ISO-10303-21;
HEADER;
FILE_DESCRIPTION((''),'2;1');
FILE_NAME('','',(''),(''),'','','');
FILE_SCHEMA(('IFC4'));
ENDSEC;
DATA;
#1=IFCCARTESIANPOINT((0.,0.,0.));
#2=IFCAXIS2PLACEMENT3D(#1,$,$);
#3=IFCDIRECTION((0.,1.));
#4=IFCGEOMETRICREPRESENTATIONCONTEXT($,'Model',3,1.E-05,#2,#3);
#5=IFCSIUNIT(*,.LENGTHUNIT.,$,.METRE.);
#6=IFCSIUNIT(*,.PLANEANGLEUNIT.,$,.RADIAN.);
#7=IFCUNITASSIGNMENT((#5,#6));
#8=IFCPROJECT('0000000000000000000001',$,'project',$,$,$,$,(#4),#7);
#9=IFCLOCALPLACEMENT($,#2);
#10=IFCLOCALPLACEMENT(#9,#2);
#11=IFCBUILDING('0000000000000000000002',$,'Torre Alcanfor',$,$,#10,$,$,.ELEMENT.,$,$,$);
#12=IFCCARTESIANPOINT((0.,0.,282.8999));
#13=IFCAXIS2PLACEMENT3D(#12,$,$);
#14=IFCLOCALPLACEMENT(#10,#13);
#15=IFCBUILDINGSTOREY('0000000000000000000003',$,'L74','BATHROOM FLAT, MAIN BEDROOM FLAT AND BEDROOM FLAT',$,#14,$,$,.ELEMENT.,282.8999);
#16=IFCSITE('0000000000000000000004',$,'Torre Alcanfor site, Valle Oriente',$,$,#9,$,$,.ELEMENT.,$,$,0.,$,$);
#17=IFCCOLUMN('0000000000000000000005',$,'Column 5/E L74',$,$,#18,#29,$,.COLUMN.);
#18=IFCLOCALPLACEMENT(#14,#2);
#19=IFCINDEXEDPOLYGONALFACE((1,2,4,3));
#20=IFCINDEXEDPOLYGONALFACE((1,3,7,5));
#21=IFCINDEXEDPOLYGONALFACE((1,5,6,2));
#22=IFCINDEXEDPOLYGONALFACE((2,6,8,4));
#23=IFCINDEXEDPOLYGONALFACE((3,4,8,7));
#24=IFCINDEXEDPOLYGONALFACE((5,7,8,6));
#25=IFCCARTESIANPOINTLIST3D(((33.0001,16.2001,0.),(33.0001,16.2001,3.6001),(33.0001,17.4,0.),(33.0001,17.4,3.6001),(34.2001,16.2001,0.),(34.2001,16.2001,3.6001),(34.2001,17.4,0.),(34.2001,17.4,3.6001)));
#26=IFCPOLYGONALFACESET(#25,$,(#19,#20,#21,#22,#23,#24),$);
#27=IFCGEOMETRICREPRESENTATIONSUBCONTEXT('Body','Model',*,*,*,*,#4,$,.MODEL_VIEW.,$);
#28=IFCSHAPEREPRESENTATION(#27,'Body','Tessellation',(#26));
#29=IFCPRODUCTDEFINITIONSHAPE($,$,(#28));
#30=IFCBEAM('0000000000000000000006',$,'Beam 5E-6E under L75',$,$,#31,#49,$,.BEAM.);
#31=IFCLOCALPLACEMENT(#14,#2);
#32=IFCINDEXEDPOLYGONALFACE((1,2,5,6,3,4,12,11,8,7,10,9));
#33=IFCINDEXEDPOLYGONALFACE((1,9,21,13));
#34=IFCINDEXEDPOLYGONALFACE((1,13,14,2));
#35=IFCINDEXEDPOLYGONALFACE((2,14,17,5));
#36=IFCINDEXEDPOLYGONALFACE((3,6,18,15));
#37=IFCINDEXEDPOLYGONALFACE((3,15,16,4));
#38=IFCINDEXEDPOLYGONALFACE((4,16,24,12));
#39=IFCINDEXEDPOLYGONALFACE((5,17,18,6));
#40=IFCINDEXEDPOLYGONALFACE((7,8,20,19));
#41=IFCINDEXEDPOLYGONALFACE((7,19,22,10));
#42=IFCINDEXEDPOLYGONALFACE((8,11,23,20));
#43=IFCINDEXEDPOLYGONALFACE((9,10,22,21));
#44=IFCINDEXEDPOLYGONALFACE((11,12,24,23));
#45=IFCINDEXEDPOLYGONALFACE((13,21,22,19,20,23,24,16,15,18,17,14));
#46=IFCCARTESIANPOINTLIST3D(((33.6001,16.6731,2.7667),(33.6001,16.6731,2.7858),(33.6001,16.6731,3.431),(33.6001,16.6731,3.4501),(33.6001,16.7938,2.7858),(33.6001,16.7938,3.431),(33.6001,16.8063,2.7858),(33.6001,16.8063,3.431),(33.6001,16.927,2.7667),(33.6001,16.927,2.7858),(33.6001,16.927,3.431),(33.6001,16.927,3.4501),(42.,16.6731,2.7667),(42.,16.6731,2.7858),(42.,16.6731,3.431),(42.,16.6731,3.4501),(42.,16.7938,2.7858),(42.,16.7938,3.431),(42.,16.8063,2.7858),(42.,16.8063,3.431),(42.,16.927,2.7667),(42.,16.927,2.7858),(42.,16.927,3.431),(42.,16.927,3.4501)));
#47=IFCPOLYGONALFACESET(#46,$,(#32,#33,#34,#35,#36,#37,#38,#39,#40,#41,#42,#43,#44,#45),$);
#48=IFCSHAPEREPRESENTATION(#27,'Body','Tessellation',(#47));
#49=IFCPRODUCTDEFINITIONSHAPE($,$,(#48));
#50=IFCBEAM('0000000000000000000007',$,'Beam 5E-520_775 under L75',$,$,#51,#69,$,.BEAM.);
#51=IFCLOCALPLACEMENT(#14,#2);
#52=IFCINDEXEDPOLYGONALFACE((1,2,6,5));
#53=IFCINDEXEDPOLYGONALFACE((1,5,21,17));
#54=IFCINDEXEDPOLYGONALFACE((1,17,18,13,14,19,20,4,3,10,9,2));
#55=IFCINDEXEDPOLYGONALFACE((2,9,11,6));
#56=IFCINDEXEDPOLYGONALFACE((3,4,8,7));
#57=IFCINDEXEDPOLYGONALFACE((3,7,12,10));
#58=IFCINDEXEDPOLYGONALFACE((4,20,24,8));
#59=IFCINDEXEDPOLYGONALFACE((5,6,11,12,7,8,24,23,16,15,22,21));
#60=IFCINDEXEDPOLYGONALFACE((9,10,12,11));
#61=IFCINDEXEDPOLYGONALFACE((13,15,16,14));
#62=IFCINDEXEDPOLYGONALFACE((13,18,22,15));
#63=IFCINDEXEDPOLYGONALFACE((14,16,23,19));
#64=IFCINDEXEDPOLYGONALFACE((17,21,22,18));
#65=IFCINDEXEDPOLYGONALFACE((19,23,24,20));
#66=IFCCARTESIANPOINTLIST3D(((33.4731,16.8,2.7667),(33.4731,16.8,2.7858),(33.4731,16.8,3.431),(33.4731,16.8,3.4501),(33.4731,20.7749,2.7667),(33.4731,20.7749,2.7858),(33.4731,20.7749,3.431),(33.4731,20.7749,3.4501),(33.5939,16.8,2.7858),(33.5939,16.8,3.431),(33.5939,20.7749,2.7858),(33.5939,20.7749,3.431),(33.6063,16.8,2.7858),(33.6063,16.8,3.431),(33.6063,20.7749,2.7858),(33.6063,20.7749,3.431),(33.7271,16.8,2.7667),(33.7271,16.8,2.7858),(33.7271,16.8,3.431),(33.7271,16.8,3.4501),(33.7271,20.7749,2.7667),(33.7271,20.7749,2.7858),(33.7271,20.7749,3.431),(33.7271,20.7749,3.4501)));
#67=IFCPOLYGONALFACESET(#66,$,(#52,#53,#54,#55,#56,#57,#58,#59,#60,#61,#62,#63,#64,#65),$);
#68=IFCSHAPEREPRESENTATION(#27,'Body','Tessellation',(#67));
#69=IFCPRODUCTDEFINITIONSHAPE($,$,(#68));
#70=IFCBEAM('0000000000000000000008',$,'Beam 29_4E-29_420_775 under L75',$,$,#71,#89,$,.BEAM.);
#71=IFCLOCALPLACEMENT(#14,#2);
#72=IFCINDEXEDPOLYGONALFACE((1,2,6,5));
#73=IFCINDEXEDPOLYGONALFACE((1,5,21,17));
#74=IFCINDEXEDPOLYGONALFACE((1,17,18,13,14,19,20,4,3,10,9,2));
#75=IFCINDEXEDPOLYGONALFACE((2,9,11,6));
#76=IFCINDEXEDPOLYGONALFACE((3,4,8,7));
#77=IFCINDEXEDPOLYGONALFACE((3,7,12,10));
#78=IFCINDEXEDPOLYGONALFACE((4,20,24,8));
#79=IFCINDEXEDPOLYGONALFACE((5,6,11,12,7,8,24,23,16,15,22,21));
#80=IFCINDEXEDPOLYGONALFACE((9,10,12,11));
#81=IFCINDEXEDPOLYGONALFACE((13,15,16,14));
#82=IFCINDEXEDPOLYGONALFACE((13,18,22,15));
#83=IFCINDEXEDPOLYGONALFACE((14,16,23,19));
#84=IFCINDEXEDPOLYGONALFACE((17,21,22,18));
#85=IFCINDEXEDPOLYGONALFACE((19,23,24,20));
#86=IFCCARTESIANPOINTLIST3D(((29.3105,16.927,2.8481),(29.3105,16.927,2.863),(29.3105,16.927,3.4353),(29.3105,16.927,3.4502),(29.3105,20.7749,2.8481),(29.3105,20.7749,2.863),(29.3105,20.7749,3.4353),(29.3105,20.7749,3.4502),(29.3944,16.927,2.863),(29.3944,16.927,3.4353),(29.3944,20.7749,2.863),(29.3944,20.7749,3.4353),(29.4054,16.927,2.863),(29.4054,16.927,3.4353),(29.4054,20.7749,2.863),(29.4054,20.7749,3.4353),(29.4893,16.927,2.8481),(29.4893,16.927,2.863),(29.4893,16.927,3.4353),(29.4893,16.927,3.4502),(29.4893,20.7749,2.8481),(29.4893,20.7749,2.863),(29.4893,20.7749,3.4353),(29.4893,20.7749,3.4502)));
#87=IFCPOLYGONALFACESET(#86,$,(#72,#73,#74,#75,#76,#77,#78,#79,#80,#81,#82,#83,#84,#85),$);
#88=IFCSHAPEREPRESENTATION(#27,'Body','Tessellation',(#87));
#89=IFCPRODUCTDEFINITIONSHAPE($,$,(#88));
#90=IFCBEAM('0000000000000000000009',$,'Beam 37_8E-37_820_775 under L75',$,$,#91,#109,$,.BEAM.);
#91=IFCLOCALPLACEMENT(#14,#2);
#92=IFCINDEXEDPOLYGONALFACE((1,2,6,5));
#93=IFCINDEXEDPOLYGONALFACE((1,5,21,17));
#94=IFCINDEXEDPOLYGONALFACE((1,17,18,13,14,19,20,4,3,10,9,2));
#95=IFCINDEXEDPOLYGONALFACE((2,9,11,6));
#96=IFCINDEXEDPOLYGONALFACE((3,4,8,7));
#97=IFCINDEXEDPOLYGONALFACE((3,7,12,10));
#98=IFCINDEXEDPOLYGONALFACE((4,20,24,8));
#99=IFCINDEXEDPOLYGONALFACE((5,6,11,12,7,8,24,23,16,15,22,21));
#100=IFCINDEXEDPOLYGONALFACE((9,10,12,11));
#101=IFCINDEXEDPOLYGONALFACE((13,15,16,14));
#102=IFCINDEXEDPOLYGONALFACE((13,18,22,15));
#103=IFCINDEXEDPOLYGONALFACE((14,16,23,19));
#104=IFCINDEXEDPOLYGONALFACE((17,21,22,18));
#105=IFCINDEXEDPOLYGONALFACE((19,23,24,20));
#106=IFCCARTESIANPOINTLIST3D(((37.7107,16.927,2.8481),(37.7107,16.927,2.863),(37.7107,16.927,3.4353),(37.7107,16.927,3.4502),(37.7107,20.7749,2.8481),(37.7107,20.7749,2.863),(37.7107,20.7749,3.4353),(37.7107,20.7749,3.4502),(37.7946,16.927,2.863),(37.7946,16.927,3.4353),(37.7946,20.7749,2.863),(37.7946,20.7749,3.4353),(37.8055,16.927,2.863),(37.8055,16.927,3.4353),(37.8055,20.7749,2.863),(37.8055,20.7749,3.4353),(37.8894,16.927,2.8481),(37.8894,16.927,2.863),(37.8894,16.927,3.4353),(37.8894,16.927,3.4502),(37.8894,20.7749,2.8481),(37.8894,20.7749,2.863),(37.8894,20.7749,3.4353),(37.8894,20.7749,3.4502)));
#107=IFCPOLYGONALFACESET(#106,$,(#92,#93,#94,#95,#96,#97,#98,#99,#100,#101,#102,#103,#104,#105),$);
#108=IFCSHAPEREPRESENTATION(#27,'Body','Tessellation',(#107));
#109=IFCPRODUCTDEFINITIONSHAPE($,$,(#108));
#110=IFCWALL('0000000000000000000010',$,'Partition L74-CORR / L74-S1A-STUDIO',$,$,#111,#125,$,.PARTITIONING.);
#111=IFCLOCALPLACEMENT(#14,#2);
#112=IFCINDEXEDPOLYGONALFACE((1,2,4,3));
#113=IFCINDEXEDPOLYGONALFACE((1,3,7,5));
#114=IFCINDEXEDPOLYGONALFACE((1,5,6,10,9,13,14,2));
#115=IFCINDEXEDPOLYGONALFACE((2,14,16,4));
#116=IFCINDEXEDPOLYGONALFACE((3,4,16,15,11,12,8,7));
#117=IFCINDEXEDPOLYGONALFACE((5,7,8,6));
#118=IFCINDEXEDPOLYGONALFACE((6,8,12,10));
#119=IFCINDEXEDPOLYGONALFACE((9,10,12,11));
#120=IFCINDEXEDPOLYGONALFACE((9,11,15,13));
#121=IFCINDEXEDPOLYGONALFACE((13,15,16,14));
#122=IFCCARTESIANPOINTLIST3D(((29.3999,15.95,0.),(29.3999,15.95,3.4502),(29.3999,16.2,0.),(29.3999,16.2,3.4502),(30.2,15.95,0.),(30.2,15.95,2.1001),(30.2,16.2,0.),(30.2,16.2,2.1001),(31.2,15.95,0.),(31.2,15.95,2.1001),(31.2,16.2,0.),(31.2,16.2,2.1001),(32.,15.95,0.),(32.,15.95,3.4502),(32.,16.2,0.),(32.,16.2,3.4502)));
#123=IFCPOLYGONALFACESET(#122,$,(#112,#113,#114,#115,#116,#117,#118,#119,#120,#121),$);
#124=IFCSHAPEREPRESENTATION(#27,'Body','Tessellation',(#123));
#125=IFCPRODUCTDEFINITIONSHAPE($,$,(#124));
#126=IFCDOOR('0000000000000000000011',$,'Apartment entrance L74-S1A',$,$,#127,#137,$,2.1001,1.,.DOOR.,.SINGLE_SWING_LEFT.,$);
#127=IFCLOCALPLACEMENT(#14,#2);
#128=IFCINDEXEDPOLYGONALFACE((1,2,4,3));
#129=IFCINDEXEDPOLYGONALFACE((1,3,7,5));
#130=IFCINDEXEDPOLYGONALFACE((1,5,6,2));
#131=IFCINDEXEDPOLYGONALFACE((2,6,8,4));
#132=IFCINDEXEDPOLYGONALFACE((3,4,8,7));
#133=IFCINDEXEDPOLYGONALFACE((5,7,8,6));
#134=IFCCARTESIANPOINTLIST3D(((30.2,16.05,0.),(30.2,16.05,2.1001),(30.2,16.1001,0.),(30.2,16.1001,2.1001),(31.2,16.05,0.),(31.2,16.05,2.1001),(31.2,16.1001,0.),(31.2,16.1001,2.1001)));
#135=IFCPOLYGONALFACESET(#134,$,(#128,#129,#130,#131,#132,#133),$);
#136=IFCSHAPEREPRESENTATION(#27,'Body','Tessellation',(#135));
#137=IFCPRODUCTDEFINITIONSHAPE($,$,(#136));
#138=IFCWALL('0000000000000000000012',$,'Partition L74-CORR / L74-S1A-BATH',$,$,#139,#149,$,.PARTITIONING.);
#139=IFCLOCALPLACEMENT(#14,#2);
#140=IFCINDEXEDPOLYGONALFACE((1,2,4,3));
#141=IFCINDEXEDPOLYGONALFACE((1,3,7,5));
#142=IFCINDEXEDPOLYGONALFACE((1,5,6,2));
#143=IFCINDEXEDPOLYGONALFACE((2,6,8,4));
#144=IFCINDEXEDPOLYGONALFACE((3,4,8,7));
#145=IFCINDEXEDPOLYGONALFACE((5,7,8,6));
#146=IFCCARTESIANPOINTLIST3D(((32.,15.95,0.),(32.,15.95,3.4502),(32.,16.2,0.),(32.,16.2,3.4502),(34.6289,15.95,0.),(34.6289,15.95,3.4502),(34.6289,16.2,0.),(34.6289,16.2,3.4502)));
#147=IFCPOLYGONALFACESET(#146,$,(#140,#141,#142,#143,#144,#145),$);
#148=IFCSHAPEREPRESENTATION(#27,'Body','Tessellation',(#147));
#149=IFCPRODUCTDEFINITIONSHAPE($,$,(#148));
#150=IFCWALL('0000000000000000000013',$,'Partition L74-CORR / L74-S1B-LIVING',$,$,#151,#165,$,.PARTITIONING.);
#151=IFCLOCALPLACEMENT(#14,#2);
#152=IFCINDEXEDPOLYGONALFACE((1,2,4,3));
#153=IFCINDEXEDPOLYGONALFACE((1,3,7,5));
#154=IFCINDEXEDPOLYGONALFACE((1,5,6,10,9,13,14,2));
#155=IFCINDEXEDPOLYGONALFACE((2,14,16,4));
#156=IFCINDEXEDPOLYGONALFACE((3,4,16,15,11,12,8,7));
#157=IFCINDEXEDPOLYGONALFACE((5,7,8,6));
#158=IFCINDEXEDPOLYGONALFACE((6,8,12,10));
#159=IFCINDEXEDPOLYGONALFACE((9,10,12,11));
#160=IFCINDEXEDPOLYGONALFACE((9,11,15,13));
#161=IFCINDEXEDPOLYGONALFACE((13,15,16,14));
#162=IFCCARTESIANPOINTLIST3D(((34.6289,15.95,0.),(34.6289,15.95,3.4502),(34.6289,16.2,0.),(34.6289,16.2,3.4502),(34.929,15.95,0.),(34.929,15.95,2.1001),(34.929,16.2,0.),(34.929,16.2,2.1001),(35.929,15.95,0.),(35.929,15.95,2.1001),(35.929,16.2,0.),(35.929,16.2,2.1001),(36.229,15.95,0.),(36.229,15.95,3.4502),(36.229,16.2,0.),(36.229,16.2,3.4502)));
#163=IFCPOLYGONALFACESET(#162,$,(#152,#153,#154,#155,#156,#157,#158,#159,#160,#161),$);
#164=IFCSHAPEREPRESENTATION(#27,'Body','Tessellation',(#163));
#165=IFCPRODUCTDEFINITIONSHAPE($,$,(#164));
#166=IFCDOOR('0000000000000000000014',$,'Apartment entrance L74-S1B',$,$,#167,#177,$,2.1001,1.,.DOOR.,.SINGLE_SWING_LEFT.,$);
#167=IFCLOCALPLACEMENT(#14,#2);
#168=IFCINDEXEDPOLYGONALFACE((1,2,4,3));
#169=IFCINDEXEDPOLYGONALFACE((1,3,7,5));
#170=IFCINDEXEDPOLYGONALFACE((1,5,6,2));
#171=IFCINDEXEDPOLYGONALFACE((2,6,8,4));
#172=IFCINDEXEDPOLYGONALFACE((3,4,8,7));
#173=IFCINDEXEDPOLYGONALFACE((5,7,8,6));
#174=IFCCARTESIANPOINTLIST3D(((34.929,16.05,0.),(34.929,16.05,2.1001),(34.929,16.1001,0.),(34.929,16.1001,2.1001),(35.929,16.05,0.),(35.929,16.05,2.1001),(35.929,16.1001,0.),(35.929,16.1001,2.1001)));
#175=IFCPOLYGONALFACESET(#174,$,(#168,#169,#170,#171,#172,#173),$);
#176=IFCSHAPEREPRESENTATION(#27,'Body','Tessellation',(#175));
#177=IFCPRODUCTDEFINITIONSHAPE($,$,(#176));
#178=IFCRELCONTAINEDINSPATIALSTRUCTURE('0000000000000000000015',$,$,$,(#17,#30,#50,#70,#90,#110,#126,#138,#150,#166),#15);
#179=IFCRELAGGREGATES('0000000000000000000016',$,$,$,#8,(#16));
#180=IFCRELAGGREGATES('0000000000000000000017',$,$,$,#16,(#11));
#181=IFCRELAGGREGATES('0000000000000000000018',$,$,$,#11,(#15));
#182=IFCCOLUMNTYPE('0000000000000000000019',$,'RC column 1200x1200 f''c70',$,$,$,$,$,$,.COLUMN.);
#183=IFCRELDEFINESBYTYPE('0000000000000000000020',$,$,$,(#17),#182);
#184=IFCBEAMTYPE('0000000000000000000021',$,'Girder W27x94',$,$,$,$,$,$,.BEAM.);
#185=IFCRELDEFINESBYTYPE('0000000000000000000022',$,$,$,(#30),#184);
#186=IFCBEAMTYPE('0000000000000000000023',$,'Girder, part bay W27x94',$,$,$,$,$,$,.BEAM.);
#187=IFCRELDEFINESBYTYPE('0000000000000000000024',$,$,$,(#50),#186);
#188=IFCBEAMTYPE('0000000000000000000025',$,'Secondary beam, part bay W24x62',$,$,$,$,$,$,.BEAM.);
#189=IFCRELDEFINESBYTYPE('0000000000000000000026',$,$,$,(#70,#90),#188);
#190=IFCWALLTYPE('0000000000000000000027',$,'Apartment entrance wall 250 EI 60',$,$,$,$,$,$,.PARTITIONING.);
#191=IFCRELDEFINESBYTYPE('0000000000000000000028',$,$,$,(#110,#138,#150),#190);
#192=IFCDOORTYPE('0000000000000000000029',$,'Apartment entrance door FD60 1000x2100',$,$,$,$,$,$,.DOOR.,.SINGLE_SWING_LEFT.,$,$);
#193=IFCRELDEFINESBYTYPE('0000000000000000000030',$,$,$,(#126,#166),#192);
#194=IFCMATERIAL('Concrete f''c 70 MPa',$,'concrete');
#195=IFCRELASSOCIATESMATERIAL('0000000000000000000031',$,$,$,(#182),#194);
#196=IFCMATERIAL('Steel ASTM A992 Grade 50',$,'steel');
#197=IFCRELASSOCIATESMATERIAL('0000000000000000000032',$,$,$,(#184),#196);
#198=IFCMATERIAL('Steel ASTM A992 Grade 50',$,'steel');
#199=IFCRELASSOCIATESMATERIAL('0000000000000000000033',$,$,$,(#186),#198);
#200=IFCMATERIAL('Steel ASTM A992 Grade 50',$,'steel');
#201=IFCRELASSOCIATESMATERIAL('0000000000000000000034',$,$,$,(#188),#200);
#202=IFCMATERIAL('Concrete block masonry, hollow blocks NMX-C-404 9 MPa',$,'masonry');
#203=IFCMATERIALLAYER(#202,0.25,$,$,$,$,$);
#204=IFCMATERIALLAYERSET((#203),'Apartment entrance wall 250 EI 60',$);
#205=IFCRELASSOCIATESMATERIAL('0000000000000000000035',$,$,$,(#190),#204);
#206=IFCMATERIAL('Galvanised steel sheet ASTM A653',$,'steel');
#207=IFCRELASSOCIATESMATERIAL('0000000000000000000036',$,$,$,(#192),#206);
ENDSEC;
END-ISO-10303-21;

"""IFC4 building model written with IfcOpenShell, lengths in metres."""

from ifc_helpers import new_model, si_unit, direction, frame, frame_2d, origin, origin_2d, place, context, subcontext, project, spatial, rectangle, i_section, extrude, material, layer, layer_set, material_profile, profile_set, type_object, element, fill, save


model = new_model("IFC4")

# Units and contexts
model_context = context("Model", 3, precision=1e-05, world=origin(), true_north=direction((0.0, 1.0)))
body_context = subcontext(model_context, "Body", "Model", "MODEL_VIEW")
ifc_project = project(units=[si_unit("LENGTHUNIT", "METRE"), si_unit("PLANEANGLEUNIT", "RADIAN")], contexts=[model_context])

# Site, building, storey
site_placement = place(None, origin())
site = spatial("IfcSite", under=ifc_project, at=site_placement, Name="Torre Alcanfor site, Valle Oriente", CompositionType="ELEMENT", RefElevation=0.0)
building_placement = place(site_placement, origin())
building = spatial("IfcBuilding", under=site, at=building_placement, Name="Torre Alcanfor", CompositionType="ELEMENT")
storey_placement = place(building_placement, frame((0.0, 0.0, 282.8999)))
storey = spatial("IfcBuildingStorey", under=building, at=storey_placement, Name="L74", Description="BATHROOM FLAT, MAIN BEDROOM FLAT AND BEDROOM FLAT", CompositionType="ELEMENT", Elevation=282.8999)

# Column
ifc_material_1 = material(Name="Concrete f'c 70 MPa", Category="concrete")
ifc_material_profile_1 = material_profile(ifc_material_1, rectangle(XDim=1.2, YDim=1.2, at=origin_2d()), Name="1200x1200")
ifc_profile_set_1 = profile_set([ifc_material_profile_1], Name="Concrete f'c 70 MPa")
column_type = type_object("IfcColumnType", Name="RC column 1200x1200 f'c70", PredefinedType="COLUMN", material=ifc_profile_set_1)
column_placement = place(storey_placement, frame((33.6001, 16.8, 0.0), z_axis=(0.0, 0.0, 1.0), x_axis=(1.0, 0.0, 0.0)))
element("IfcColumn", 1, at=column_placement, inside=storey, type_object=column_type, Name="Column 5/E L74", PredefinedType="COLUMN", context=body_context, shape_type="SweptSolid", body=[
    extrude(rectangle(XDim=1.2, YDim=1.2, at=origin_2d()), origin(), (0.0, 0.0, 1.0), 3.6001),
])

# Beams
ifc_material_2 = material(Name="Steel ASTM A992 Grade 50", Category="steel")
ifc_material_profile_2 = material_profile(ifc_material_2, i_section(OverallWidth=0.2539, OverallDepth=0.6833, WebThickness=0.0125, FlangeThickness=0.019, at=origin_2d()), Name="W27x94")
ifc_profile_set_2 = profile_set([ifc_material_profile_2], Name="Steel ASTM A992 Grade 50")
beam_type_1 = type_object("IfcBeamType", Name="Girder W27x94", PredefinedType="BEAM", material=ifc_profile_set_2)
beam_1_placement = place(storey_placement, frame((33.6001, 16.8, 3.1084), z_axis=(1.0, 0.0, 0.0), x_axis=(0.0, 1.0, 0.0)))
element("IfcBeam", 2, at=beam_1_placement, inside=storey, type_object=beam_type_1, Name="Beam 5E-6E under L75", PredefinedType="BEAM", context=body_context, shape_type="SweptSolid", body=[
    extrude(i_section(OverallWidth=0.2539, OverallDepth=0.6833, WebThickness=0.0125, FlangeThickness=0.019, at=origin_2d()), origin(), (0.0, 0.0, 1.0), 8.3999),
])
ifc_material_3 = material(Name="Steel ASTM A992 Grade 50", Category="steel")
ifc_material_profile_3 = material_profile(ifc_material_3, i_section(OverallWidth=0.2539, OverallDepth=0.6833, WebThickness=0.0125, FlangeThickness=0.019, at=origin_2d()), Name="W27x94")
ifc_profile_set_3 = profile_set([ifc_material_profile_3], Name="Steel ASTM A992 Grade 50")
beam_type_2 = type_object("IfcBeamType", Name="Girder, part bay W27x94", PredefinedType="BEAM", material=ifc_profile_set_3)
beam_2_placement = place(storey_placement, frame((33.6001, 16.8, 3.1084), z_axis=(0.0, 1.0, 0.0), x_axis=(-1.0, 0.0, 0.0)))
element("IfcBeam", 3, at=beam_2_placement, inside=storey, type_object=beam_type_2, Name="Beam 5E-520_775 under L75", PredefinedType="BEAM", context=body_context, shape_type="SweptSolid", body=[
    extrude(i_section(OverallWidth=0.2539, OverallDepth=0.6833, WebThickness=0.0125, FlangeThickness=0.019, at=origin_2d()), origin(), (0.0, 0.0, 1.0), 3.9749),
])
ifc_material_4 = material(Name="Steel ASTM A992 Grade 50", Category="steel")
ifc_material_profile_4 = material_profile(ifc_material_4, i_section(OverallWidth=0.1787, OverallDepth=0.6021, WebThickness=0.011, FlangeThickness=0.0149, at=origin_2d()), Name="W24x62")
ifc_profile_set_4 = profile_set([ifc_material_profile_4], Name="Steel ASTM A992 Grade 50")
beam_type_3 = type_object("IfcBeamType", Name="Secondary beam, part bay W24x62", PredefinedType="BEAM", material=ifc_profile_set_4)
for number, where, z_axis, x_axis, name in (
    (4, (29.3999, 16.927, 3.1492), (0.0, 1.0, 0.0), (-1.0, 0.0, 0.0), "Beam 29_4E-29_420_775 under L75"),
    (5, (37.8, 16.927, 3.1492), (0.0, 1.0, 0.0), (-1.0, 0.0, 0.0), "Beam 37_8E-37_820_775 under L75"),
):
    element("IfcBeam", number, at=place(storey_placement, frame(where, z_axis=z_axis, x_axis=x_axis)), inside=storey, type_object=beam_type_3, Name=name, PredefinedType="BEAM", context=body_context, shape_type="SweptSolid", body=[
        extrude(i_section(OverallWidth=0.1787, OverallDepth=0.6021, WebThickness=0.011, FlangeThickness=0.0149, at=origin_2d()), origin(), (0.0, 0.0, 1.0), 3.8479),
    ])

# Wall, opening, door
ifc_material_5 = material(Name="Concrete block masonry, hollow blocks NMX-C-404 9 MPa", Category="masonry")
ifc_layer_1 = layer(ifc_material_5, 0.25)
ifc_layer_set_1 = layer_set([ifc_layer_1], Name="Apartment entrance wall 250 EI 60")
wall_type_1 = type_object("IfcWallType", Name="Apartment entrance wall 250 EI 60", PredefinedType="PARTITIONING", material=ifc_layer_set_1)
wall_1_placement = place(storey_placement, frame((32.0, 16.075, 0.0), z_axis=(0.0, 0.0, 1.0), x_axis=(-1.0, 0.0, 0.0)))
wall_1 = element("IfcWall", 6, at=wall_1_placement, inside=storey, type_object=wall_type_1, Name="Partition L74-CORR / L74-S1A-STUDIO", PredefinedType="PARTITIONING", context=body_context, shape_type="SweptSolid", body=[
    extrude(rectangle(XDim=2.6001, YDim=0.25, at=frame_2d((1.3, 0.0))), origin(), (0.0, 0.0, 1.0), 3.4502),
])
opening_1_placement = place(wall_1_placement, frame((0.8, 0.0, 0.0)))
opening_1 = element("IfcOpeningElement", 7, at=opening_1_placement, cuts=wall_1, PredefinedType="OPENING", context=body_context, shape_type="SweptSolid", body=[
    extrude(rectangle(XDim=1.0, YDim=2.1001, at=frame_2d((0.5, 1.05))), frame((0.0, 0.135, 0.0), z_axis=(0.0, -1.0, 0.0), x_axis=(1.0, 0.0, 0.0)), (0.0, 0.0, 1.0), 0.27),
])
ifc_material_6 = material(Name="Galvanised steel sheet ASTM A653", Category="steel")
door_type_1 = type_object("IfcDoorType", Name="Apartment entrance door FD60 1000x2100", OperationType="SINGLE_SWING_LEFT", PredefinedType="DOOR", material=ifc_material_6)
door_1_placement = place(opening_1_placement, origin())
door_1 = element("IfcDoor", 8, at=door_1_placement, inside=storey, type_object=door_type_1, Name="Apartment entrance L74-S1A", OperationType="SINGLE_SWING_LEFT", OverallHeight=2.1001, OverallWidth=1.0, PredefinedType="DOOR", context=body_context, shape_type="SweptSolid", body=[
    extrude(rectangle(XDim=1.0, YDim=2.1001, at=frame_2d((0.5, 1.05))), frame((0.0, 0.0249, 0.0), z_axis=(0.0, -1.0, 0.0), x_axis=(1.0, 0.0, 0.0)), (0.0, 0.0, 1.0), 0.05),
])
fill(opening_1, door_1)

# Wall
wall_2_placement = place(storey_placement, frame((34.6289, 16.075, 0.0), z_axis=(0.0, 0.0, 1.0), x_axis=(-1.0, 0.0, 0.0)))
element("IfcWall", 9, at=wall_2_placement, inside=storey, type_object=wall_type_1, Name="Partition L74-CORR / L74-S1A-BATH", PredefinedType="PARTITIONING", context=body_context, shape_type="SweptSolid", body=[
    extrude(rectangle(XDim=2.6289, YDim=0.25, at=frame_2d((1.3145, 0.0))), origin(), (0.0, 0.0, 1.0), 3.4502),
])

# Wall, opening, door
wall_3_placement = place(storey_placement, frame((36.229, 16.075, 0.0), z_axis=(0.0, 0.0, 1.0), x_axis=(-1.0, 0.0, 0.0)))
wall_3 = element("IfcWall", 10, at=wall_3_placement, inside=storey, type_object=wall_type_1, Name="Partition L74-CORR / L74-S1B-LIVING", PredefinedType="PARTITIONING", context=body_context, shape_type="SweptSolid", body=[
    extrude(rectangle(XDim=1.6001, YDim=0.25, at=frame_2d((0.8, 0.0))), origin(), (0.0, 0.0, 1.0), 3.4502),
])
opening_2_placement = place(wall_3_placement, frame((0.3, 0.0, 0.0)))
opening_2 = element("IfcOpeningElement", 11, at=opening_2_placement, cuts=wall_3, PredefinedType="OPENING", context=body_context, shape_type="SweptSolid", body=[
    extrude(rectangle(XDim=1.0, YDim=2.1001, at=frame_2d((0.5, 1.05))), frame((0.0, 0.135, 0.0), z_axis=(0.0, -1.0, 0.0), x_axis=(1.0, 0.0, 0.0)), (0.0, 0.0, 1.0), 0.27),
])
door_2_placement = place(opening_2_placement, origin())
door_2 = element("IfcDoor", 12, at=door_2_placement, inside=storey, type_object=door_type_1, Name="Apartment entrance L74-S1B", OperationType="SINGLE_SWING_LEFT", OverallHeight=2.1001, OverallWidth=1.0, PredefinedType="DOOR", context=body_context, shape_type="SweptSolid", body=[
    extrude(rectangle(XDim=1.0, YDim=2.1001, at=frame_2d((0.5, 1.05))), frame((0.0, 0.0249, 0.0), z_axis=(0.0, -1.0, 0.0), x_axis=(1.0, 0.0, 0.0)), (0.0, 0.0, 1.0), 0.05),
])
fill(opening_2, door_2)

save(model, "model.ifc")
